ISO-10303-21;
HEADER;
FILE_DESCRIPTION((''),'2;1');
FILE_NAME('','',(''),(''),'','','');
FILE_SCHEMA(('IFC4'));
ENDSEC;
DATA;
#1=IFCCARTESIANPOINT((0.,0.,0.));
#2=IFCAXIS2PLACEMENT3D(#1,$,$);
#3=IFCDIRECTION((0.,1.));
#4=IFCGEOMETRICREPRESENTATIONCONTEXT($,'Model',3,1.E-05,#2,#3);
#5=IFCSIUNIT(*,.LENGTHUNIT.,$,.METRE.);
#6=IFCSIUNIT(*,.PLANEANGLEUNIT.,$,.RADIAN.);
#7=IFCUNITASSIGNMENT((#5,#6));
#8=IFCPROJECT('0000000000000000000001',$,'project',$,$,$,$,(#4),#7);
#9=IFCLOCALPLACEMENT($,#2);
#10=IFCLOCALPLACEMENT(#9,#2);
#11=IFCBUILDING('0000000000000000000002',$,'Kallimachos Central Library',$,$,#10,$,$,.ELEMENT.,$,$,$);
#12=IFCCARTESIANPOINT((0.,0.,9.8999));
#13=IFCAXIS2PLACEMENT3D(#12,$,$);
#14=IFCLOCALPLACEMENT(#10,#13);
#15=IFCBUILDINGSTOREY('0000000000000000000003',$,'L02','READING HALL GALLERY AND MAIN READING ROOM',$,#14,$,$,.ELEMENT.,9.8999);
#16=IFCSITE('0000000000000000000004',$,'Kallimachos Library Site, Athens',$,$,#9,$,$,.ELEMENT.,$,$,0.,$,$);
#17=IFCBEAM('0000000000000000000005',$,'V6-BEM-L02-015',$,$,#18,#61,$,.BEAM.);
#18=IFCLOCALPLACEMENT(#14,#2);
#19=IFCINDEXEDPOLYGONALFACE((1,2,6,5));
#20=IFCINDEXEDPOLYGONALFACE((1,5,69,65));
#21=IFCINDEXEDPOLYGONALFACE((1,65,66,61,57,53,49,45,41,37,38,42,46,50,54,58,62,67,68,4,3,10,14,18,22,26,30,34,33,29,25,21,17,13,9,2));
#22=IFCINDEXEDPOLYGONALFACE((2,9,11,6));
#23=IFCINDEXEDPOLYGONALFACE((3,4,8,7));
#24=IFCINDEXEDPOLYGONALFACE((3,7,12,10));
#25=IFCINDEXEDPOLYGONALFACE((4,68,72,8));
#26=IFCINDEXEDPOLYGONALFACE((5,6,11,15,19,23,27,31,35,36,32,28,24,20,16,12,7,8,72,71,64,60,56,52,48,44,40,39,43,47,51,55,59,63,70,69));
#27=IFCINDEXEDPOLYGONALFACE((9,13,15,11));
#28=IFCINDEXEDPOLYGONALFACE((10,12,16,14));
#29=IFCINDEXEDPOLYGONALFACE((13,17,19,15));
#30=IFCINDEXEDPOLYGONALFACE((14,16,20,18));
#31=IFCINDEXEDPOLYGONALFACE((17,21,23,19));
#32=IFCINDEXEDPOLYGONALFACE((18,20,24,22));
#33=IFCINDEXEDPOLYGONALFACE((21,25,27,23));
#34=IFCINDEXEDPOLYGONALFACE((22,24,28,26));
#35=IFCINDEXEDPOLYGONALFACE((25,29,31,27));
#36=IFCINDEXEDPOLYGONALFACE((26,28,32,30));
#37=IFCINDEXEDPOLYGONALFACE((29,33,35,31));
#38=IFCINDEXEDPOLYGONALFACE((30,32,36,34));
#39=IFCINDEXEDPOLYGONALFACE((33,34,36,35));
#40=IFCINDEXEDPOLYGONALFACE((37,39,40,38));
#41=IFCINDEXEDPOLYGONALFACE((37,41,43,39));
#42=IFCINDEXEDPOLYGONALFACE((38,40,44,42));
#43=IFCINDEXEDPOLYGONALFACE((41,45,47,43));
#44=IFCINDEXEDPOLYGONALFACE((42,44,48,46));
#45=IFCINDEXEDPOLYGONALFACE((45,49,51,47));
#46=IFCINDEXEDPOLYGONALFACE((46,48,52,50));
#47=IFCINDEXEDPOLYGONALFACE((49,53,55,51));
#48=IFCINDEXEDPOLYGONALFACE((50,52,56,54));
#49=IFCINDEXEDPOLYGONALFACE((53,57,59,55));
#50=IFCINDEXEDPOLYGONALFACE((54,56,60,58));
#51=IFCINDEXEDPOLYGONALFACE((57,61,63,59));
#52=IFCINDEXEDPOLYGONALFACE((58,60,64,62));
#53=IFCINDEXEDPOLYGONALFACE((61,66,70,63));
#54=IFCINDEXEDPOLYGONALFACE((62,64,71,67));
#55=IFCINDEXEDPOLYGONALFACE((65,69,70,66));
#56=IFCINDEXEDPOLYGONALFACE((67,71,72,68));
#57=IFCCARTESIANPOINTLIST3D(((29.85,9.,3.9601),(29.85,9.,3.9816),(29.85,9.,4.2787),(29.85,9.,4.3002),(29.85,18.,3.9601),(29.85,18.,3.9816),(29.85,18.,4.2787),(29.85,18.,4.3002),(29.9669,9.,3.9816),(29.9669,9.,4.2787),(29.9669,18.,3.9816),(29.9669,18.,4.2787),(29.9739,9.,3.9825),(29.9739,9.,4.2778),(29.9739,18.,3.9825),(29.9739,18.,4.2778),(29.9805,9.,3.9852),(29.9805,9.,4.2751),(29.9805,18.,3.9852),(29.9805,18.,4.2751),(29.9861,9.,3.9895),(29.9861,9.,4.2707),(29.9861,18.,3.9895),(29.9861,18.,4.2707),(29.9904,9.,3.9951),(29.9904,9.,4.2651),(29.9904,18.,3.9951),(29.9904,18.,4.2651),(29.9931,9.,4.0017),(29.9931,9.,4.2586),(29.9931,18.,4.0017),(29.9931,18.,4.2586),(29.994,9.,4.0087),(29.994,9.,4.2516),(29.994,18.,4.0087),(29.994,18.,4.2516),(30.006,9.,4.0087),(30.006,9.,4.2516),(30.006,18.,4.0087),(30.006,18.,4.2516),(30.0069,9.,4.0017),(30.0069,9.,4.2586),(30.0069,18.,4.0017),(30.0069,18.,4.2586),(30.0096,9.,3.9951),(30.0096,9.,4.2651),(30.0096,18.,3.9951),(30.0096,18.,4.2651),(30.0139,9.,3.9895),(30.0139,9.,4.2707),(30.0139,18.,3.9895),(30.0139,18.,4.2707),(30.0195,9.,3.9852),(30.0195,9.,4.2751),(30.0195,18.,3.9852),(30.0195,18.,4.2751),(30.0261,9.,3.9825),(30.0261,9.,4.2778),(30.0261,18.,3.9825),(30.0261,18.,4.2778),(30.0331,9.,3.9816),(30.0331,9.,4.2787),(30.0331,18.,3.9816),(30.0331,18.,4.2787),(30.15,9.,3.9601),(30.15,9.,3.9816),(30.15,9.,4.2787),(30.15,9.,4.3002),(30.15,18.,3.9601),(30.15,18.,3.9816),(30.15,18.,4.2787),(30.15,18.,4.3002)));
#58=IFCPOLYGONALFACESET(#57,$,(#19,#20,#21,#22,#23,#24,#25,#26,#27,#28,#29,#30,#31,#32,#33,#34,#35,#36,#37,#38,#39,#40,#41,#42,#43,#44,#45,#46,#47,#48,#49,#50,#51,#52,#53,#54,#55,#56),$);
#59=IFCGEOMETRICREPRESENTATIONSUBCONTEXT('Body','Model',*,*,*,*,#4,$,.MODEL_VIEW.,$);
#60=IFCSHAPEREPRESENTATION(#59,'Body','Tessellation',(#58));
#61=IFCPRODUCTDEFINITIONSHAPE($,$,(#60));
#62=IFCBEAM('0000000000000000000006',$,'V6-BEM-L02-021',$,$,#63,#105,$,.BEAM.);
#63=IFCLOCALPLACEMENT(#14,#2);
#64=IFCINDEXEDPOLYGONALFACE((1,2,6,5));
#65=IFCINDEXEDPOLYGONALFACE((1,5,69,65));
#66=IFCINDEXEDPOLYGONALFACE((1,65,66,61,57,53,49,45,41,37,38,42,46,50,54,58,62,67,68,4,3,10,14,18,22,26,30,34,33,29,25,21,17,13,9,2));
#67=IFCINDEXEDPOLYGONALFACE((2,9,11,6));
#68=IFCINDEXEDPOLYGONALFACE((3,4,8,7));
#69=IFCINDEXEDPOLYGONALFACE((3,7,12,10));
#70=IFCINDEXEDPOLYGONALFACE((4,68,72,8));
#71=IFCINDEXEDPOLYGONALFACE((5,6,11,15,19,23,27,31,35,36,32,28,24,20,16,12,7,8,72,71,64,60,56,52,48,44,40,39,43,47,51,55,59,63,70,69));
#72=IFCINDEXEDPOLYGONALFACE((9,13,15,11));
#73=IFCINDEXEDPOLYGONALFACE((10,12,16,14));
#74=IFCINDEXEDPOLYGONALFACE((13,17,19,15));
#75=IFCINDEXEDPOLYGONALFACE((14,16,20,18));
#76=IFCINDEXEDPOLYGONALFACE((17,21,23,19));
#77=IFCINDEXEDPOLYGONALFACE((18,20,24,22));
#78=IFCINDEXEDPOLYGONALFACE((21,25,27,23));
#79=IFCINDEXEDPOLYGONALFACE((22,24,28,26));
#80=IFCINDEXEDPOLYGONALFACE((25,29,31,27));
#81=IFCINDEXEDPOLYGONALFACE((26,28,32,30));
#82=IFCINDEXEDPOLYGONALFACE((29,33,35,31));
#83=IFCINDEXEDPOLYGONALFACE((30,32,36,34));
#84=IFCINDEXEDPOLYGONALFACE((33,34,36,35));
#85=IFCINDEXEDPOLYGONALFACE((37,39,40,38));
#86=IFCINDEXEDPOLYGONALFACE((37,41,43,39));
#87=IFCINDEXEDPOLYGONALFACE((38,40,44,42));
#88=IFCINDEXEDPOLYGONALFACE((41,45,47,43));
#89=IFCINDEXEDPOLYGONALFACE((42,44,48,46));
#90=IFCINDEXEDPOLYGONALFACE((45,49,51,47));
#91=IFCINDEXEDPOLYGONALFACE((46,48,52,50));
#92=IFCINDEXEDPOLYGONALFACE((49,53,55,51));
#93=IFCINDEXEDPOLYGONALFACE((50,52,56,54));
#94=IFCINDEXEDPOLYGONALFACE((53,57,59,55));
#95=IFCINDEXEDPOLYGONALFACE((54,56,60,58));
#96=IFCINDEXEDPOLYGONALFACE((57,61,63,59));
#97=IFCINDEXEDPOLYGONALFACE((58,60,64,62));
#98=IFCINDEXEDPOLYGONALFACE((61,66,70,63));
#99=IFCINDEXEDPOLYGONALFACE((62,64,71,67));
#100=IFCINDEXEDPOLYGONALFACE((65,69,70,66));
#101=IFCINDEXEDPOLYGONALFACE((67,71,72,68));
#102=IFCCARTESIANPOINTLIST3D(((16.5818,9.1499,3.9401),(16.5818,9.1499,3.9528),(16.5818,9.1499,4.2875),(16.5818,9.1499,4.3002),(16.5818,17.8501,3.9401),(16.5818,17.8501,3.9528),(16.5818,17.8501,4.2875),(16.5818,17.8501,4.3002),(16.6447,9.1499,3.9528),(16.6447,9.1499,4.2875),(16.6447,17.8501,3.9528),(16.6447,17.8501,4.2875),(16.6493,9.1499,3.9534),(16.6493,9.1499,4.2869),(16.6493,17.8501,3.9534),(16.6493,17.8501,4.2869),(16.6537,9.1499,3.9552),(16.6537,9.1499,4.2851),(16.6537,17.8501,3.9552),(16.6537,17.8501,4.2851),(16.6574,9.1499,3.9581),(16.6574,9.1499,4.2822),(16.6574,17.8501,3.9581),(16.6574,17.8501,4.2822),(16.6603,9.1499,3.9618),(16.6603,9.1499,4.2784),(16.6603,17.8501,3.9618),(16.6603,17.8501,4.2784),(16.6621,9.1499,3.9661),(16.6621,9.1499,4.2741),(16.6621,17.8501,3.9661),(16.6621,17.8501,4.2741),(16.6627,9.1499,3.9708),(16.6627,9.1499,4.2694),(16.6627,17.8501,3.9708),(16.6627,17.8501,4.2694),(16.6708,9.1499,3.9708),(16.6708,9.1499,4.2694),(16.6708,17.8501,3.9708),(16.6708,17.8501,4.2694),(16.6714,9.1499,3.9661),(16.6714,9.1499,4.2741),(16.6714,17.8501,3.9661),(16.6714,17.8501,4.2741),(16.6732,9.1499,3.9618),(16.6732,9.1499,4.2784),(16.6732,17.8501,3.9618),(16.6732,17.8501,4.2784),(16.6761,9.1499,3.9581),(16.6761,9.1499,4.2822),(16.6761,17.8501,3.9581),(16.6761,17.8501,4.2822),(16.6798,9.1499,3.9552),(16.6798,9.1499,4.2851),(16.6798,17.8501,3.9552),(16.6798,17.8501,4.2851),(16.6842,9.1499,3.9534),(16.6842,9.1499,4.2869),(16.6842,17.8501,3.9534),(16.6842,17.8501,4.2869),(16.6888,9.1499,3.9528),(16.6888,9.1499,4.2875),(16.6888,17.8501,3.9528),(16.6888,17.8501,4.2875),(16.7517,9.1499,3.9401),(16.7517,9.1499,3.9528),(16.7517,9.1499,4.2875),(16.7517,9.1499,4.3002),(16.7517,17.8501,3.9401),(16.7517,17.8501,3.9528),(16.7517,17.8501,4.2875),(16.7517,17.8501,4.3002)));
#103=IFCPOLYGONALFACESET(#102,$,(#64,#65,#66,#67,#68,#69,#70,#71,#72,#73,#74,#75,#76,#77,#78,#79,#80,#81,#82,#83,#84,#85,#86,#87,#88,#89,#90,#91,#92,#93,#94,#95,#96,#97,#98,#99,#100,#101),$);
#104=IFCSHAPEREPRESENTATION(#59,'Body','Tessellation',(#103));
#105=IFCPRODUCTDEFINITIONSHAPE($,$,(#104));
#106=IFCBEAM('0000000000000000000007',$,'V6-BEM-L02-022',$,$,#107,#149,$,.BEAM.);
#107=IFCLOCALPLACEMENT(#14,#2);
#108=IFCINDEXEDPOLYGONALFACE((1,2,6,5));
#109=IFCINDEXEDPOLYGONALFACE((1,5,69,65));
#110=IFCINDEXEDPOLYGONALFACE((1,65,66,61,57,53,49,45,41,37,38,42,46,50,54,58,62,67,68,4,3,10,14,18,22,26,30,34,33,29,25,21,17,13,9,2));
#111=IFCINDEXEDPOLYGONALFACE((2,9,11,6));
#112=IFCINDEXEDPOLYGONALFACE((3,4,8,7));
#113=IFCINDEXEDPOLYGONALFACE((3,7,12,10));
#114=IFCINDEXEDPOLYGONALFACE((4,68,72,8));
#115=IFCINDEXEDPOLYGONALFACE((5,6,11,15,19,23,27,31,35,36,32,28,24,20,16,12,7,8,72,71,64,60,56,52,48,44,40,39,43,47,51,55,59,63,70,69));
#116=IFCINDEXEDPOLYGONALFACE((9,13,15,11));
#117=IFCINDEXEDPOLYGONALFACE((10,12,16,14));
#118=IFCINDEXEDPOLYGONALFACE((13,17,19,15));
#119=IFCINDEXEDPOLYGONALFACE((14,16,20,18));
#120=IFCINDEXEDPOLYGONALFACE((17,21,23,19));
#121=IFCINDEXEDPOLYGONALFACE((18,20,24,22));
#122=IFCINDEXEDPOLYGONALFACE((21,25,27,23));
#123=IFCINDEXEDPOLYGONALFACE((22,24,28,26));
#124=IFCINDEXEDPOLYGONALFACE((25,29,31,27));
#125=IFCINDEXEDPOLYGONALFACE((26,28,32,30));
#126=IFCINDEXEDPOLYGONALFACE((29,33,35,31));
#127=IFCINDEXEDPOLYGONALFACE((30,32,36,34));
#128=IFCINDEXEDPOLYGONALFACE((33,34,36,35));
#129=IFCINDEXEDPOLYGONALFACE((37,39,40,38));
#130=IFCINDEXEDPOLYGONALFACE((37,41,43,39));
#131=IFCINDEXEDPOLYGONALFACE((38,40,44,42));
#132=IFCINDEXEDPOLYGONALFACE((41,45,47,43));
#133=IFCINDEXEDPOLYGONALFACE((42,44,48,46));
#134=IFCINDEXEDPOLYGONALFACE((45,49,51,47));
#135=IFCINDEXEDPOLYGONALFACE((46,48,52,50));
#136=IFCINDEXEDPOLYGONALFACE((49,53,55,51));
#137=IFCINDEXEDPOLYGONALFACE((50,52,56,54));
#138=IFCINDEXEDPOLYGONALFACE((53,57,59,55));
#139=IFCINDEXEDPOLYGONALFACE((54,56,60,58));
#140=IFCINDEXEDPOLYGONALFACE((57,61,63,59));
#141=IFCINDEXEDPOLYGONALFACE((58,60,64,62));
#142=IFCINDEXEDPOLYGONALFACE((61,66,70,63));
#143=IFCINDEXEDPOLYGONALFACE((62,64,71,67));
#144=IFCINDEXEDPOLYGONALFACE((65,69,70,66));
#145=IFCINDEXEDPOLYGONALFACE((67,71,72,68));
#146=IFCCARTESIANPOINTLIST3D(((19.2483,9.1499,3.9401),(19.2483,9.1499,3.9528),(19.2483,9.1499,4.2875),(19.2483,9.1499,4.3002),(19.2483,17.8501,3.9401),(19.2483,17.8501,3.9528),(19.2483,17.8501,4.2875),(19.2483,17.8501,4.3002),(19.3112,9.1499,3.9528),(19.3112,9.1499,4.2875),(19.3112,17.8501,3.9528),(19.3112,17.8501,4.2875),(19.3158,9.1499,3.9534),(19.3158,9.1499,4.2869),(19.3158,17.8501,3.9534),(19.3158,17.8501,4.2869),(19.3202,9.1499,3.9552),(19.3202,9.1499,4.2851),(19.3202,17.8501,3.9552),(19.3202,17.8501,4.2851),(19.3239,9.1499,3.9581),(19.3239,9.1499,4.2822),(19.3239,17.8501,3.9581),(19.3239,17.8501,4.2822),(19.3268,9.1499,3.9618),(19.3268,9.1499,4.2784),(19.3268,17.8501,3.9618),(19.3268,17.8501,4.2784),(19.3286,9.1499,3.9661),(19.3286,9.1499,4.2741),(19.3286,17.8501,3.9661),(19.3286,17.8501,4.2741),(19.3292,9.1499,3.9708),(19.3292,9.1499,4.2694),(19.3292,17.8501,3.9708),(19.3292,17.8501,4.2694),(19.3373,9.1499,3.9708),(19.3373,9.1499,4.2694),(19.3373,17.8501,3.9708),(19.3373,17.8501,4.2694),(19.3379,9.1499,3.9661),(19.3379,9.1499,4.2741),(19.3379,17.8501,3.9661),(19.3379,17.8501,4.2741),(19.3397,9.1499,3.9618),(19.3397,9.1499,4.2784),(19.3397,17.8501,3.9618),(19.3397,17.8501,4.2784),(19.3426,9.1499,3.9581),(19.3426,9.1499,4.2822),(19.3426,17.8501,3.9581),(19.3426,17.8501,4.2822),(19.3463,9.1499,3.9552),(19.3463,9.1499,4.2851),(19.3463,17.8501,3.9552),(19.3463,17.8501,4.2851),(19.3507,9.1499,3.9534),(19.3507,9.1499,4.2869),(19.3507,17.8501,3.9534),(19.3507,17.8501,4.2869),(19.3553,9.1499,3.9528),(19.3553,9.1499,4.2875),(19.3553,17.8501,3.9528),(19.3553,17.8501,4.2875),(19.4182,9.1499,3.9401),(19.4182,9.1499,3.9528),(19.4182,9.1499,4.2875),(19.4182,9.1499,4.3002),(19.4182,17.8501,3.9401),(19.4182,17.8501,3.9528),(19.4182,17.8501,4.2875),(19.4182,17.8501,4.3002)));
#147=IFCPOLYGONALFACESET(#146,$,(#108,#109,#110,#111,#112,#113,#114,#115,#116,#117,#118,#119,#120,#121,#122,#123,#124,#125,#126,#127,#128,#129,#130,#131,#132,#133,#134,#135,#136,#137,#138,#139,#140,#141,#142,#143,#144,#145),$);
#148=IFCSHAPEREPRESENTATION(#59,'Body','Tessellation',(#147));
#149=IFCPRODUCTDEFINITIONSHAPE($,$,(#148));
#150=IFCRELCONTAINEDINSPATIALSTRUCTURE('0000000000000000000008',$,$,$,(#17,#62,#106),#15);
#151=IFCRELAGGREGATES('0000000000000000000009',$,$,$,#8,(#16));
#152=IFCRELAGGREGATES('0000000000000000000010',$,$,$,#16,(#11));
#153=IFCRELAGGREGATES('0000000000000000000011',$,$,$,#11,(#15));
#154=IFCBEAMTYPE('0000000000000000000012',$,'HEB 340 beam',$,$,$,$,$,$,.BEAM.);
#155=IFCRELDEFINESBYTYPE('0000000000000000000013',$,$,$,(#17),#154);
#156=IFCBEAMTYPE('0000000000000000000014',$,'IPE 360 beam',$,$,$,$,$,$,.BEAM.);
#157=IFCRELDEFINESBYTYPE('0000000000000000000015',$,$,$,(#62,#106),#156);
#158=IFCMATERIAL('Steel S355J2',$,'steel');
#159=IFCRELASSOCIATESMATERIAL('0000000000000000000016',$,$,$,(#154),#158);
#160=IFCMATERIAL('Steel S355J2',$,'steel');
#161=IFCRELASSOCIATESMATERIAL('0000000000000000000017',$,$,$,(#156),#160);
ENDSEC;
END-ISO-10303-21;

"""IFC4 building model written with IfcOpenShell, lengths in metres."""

from ifc_helpers import new_model, si_unit, direction, frame, origin, origin_2d, place, context, subcontext, project, spatial, i_section, extrude, material, material_profile, profile_set, type_object, element, save


model = new_model("IFC4")

# Units and contexts
model_context = context("Model", 3, precision=1e-05, world=origin(), true_north=direction((0.0, 1.0)))
body_context = subcontext(model_context, "Body", "Model", "MODEL_VIEW")
ifc_project = project(units=[si_unit("LENGTHUNIT", "METRE"), si_unit("PLANEANGLEUNIT", "RADIAN")], contexts=[model_context])

# Site, building, storey
site_placement = place(None, origin())
site = spatial("IfcSite", under=ifc_project, at=site_placement, Name="Kallimachos Library Site, Athens", CompositionType="ELEMENT", RefElevation=0.0)
building_placement = place(site_placement, origin())
building = spatial("IfcBuilding", under=site, at=building_placement, Name="Kallimachos Central Library", CompositionType="ELEMENT")
storey_placement = place(building_placement, frame((0.0, 0.0, 9.8999)))
storey = spatial("IfcBuildingStorey", under=building, at=storey_placement, Name="L02", Description="READING HALL GALLERY AND MAIN READING ROOM", CompositionType="ELEMENT", Elevation=9.8999)

# Beams
ifc_material_1 = material(Name="Steel S355J2", Category="steel")
ifc_material_profile_1 = material_profile(ifc_material_1, i_section(OverallWidth=0.3, OverallDepth=0.3401, WebThickness=0.012, FlangeThickness=0.0215, FilletRadius=0.0271, at=origin_2d()), Name="HEB 340")
ifc_profile_set_1 = profile_set([ifc_material_profile_1], Name="Steel S355J2")
beam_type_1 = type_object("IfcBeamType", Name="HEB 340 beam", PredefinedType="BEAM", material=ifc_profile_set_1)
beam_1_placement = place(storey_placement, frame((30.0, 9.0, 4.1301), z_axis=(0.0, 1.0, 0.0), x_axis=(-1.0, 0.0, 0.0)))
element("IfcBeam", 1, at=beam_1_placement, inside=storey, type_object=beam_type_1, Name="V6-BEM-L02-015", PredefinedType="BEAM", context=body_context, shape_type="SweptSolid", body=[
    extrude(i_section(OverallWidth=0.3, OverallDepth=0.3401, WebThickness=0.012, FlangeThickness=0.0215, FilletRadius=0.0271, at=origin_2d()), origin(), (0.0, 0.0, 1.0), 9.0),
])
ifc_material_2 = material(Name="Steel S355J2", Category="steel")
ifc_material_profile_2 = material_profile(ifc_material_2, i_section(OverallWidth=0.1699, OverallDepth=0.3601, WebThickness=0.0081, FlangeThickness=0.0127, FilletRadius=0.0181, at=origin_2d()), Name="IPE 360")
ifc_profile_set_2 = profile_set([ifc_material_profile_2], Name="Steel S355J2")
beam_type_2 = type_object("IfcBeamType", Name="IPE 360 beam", PredefinedType="BEAM", material=ifc_profile_set_2)
for number, where, z_axis, x_axis, name in (
    (2, (16.6667, 9.1499, 4.1201), (0.0, 1.0, 0.0), (-1.0, 0.0, 0.0), "V6-BEM-L02-021"),
    (3, (19.3333, 9.1499, 4.1201), (0.0, 1.0, 0.0), (-1.0, 0.0, 0.0), "V6-BEM-L02-022"),
):
    element("IfcBeam", number, at=place(storey_placement, frame(where, z_axis=z_axis, x_axis=x_axis)), inside=storey, type_object=beam_type_2, Name=name, PredefinedType="BEAM", context=body_context, shape_type="SweptSolid", body=[
        extrude(i_section(OverallWidth=0.1699, OverallDepth=0.3601, WebThickness=0.0081, FlangeThickness=0.0127, FilletRadius=0.0181, at=origin_2d()), origin(), (0.0, 0.0, 1.0), 8.7002),
    ])

save(model, "model.ifc")
